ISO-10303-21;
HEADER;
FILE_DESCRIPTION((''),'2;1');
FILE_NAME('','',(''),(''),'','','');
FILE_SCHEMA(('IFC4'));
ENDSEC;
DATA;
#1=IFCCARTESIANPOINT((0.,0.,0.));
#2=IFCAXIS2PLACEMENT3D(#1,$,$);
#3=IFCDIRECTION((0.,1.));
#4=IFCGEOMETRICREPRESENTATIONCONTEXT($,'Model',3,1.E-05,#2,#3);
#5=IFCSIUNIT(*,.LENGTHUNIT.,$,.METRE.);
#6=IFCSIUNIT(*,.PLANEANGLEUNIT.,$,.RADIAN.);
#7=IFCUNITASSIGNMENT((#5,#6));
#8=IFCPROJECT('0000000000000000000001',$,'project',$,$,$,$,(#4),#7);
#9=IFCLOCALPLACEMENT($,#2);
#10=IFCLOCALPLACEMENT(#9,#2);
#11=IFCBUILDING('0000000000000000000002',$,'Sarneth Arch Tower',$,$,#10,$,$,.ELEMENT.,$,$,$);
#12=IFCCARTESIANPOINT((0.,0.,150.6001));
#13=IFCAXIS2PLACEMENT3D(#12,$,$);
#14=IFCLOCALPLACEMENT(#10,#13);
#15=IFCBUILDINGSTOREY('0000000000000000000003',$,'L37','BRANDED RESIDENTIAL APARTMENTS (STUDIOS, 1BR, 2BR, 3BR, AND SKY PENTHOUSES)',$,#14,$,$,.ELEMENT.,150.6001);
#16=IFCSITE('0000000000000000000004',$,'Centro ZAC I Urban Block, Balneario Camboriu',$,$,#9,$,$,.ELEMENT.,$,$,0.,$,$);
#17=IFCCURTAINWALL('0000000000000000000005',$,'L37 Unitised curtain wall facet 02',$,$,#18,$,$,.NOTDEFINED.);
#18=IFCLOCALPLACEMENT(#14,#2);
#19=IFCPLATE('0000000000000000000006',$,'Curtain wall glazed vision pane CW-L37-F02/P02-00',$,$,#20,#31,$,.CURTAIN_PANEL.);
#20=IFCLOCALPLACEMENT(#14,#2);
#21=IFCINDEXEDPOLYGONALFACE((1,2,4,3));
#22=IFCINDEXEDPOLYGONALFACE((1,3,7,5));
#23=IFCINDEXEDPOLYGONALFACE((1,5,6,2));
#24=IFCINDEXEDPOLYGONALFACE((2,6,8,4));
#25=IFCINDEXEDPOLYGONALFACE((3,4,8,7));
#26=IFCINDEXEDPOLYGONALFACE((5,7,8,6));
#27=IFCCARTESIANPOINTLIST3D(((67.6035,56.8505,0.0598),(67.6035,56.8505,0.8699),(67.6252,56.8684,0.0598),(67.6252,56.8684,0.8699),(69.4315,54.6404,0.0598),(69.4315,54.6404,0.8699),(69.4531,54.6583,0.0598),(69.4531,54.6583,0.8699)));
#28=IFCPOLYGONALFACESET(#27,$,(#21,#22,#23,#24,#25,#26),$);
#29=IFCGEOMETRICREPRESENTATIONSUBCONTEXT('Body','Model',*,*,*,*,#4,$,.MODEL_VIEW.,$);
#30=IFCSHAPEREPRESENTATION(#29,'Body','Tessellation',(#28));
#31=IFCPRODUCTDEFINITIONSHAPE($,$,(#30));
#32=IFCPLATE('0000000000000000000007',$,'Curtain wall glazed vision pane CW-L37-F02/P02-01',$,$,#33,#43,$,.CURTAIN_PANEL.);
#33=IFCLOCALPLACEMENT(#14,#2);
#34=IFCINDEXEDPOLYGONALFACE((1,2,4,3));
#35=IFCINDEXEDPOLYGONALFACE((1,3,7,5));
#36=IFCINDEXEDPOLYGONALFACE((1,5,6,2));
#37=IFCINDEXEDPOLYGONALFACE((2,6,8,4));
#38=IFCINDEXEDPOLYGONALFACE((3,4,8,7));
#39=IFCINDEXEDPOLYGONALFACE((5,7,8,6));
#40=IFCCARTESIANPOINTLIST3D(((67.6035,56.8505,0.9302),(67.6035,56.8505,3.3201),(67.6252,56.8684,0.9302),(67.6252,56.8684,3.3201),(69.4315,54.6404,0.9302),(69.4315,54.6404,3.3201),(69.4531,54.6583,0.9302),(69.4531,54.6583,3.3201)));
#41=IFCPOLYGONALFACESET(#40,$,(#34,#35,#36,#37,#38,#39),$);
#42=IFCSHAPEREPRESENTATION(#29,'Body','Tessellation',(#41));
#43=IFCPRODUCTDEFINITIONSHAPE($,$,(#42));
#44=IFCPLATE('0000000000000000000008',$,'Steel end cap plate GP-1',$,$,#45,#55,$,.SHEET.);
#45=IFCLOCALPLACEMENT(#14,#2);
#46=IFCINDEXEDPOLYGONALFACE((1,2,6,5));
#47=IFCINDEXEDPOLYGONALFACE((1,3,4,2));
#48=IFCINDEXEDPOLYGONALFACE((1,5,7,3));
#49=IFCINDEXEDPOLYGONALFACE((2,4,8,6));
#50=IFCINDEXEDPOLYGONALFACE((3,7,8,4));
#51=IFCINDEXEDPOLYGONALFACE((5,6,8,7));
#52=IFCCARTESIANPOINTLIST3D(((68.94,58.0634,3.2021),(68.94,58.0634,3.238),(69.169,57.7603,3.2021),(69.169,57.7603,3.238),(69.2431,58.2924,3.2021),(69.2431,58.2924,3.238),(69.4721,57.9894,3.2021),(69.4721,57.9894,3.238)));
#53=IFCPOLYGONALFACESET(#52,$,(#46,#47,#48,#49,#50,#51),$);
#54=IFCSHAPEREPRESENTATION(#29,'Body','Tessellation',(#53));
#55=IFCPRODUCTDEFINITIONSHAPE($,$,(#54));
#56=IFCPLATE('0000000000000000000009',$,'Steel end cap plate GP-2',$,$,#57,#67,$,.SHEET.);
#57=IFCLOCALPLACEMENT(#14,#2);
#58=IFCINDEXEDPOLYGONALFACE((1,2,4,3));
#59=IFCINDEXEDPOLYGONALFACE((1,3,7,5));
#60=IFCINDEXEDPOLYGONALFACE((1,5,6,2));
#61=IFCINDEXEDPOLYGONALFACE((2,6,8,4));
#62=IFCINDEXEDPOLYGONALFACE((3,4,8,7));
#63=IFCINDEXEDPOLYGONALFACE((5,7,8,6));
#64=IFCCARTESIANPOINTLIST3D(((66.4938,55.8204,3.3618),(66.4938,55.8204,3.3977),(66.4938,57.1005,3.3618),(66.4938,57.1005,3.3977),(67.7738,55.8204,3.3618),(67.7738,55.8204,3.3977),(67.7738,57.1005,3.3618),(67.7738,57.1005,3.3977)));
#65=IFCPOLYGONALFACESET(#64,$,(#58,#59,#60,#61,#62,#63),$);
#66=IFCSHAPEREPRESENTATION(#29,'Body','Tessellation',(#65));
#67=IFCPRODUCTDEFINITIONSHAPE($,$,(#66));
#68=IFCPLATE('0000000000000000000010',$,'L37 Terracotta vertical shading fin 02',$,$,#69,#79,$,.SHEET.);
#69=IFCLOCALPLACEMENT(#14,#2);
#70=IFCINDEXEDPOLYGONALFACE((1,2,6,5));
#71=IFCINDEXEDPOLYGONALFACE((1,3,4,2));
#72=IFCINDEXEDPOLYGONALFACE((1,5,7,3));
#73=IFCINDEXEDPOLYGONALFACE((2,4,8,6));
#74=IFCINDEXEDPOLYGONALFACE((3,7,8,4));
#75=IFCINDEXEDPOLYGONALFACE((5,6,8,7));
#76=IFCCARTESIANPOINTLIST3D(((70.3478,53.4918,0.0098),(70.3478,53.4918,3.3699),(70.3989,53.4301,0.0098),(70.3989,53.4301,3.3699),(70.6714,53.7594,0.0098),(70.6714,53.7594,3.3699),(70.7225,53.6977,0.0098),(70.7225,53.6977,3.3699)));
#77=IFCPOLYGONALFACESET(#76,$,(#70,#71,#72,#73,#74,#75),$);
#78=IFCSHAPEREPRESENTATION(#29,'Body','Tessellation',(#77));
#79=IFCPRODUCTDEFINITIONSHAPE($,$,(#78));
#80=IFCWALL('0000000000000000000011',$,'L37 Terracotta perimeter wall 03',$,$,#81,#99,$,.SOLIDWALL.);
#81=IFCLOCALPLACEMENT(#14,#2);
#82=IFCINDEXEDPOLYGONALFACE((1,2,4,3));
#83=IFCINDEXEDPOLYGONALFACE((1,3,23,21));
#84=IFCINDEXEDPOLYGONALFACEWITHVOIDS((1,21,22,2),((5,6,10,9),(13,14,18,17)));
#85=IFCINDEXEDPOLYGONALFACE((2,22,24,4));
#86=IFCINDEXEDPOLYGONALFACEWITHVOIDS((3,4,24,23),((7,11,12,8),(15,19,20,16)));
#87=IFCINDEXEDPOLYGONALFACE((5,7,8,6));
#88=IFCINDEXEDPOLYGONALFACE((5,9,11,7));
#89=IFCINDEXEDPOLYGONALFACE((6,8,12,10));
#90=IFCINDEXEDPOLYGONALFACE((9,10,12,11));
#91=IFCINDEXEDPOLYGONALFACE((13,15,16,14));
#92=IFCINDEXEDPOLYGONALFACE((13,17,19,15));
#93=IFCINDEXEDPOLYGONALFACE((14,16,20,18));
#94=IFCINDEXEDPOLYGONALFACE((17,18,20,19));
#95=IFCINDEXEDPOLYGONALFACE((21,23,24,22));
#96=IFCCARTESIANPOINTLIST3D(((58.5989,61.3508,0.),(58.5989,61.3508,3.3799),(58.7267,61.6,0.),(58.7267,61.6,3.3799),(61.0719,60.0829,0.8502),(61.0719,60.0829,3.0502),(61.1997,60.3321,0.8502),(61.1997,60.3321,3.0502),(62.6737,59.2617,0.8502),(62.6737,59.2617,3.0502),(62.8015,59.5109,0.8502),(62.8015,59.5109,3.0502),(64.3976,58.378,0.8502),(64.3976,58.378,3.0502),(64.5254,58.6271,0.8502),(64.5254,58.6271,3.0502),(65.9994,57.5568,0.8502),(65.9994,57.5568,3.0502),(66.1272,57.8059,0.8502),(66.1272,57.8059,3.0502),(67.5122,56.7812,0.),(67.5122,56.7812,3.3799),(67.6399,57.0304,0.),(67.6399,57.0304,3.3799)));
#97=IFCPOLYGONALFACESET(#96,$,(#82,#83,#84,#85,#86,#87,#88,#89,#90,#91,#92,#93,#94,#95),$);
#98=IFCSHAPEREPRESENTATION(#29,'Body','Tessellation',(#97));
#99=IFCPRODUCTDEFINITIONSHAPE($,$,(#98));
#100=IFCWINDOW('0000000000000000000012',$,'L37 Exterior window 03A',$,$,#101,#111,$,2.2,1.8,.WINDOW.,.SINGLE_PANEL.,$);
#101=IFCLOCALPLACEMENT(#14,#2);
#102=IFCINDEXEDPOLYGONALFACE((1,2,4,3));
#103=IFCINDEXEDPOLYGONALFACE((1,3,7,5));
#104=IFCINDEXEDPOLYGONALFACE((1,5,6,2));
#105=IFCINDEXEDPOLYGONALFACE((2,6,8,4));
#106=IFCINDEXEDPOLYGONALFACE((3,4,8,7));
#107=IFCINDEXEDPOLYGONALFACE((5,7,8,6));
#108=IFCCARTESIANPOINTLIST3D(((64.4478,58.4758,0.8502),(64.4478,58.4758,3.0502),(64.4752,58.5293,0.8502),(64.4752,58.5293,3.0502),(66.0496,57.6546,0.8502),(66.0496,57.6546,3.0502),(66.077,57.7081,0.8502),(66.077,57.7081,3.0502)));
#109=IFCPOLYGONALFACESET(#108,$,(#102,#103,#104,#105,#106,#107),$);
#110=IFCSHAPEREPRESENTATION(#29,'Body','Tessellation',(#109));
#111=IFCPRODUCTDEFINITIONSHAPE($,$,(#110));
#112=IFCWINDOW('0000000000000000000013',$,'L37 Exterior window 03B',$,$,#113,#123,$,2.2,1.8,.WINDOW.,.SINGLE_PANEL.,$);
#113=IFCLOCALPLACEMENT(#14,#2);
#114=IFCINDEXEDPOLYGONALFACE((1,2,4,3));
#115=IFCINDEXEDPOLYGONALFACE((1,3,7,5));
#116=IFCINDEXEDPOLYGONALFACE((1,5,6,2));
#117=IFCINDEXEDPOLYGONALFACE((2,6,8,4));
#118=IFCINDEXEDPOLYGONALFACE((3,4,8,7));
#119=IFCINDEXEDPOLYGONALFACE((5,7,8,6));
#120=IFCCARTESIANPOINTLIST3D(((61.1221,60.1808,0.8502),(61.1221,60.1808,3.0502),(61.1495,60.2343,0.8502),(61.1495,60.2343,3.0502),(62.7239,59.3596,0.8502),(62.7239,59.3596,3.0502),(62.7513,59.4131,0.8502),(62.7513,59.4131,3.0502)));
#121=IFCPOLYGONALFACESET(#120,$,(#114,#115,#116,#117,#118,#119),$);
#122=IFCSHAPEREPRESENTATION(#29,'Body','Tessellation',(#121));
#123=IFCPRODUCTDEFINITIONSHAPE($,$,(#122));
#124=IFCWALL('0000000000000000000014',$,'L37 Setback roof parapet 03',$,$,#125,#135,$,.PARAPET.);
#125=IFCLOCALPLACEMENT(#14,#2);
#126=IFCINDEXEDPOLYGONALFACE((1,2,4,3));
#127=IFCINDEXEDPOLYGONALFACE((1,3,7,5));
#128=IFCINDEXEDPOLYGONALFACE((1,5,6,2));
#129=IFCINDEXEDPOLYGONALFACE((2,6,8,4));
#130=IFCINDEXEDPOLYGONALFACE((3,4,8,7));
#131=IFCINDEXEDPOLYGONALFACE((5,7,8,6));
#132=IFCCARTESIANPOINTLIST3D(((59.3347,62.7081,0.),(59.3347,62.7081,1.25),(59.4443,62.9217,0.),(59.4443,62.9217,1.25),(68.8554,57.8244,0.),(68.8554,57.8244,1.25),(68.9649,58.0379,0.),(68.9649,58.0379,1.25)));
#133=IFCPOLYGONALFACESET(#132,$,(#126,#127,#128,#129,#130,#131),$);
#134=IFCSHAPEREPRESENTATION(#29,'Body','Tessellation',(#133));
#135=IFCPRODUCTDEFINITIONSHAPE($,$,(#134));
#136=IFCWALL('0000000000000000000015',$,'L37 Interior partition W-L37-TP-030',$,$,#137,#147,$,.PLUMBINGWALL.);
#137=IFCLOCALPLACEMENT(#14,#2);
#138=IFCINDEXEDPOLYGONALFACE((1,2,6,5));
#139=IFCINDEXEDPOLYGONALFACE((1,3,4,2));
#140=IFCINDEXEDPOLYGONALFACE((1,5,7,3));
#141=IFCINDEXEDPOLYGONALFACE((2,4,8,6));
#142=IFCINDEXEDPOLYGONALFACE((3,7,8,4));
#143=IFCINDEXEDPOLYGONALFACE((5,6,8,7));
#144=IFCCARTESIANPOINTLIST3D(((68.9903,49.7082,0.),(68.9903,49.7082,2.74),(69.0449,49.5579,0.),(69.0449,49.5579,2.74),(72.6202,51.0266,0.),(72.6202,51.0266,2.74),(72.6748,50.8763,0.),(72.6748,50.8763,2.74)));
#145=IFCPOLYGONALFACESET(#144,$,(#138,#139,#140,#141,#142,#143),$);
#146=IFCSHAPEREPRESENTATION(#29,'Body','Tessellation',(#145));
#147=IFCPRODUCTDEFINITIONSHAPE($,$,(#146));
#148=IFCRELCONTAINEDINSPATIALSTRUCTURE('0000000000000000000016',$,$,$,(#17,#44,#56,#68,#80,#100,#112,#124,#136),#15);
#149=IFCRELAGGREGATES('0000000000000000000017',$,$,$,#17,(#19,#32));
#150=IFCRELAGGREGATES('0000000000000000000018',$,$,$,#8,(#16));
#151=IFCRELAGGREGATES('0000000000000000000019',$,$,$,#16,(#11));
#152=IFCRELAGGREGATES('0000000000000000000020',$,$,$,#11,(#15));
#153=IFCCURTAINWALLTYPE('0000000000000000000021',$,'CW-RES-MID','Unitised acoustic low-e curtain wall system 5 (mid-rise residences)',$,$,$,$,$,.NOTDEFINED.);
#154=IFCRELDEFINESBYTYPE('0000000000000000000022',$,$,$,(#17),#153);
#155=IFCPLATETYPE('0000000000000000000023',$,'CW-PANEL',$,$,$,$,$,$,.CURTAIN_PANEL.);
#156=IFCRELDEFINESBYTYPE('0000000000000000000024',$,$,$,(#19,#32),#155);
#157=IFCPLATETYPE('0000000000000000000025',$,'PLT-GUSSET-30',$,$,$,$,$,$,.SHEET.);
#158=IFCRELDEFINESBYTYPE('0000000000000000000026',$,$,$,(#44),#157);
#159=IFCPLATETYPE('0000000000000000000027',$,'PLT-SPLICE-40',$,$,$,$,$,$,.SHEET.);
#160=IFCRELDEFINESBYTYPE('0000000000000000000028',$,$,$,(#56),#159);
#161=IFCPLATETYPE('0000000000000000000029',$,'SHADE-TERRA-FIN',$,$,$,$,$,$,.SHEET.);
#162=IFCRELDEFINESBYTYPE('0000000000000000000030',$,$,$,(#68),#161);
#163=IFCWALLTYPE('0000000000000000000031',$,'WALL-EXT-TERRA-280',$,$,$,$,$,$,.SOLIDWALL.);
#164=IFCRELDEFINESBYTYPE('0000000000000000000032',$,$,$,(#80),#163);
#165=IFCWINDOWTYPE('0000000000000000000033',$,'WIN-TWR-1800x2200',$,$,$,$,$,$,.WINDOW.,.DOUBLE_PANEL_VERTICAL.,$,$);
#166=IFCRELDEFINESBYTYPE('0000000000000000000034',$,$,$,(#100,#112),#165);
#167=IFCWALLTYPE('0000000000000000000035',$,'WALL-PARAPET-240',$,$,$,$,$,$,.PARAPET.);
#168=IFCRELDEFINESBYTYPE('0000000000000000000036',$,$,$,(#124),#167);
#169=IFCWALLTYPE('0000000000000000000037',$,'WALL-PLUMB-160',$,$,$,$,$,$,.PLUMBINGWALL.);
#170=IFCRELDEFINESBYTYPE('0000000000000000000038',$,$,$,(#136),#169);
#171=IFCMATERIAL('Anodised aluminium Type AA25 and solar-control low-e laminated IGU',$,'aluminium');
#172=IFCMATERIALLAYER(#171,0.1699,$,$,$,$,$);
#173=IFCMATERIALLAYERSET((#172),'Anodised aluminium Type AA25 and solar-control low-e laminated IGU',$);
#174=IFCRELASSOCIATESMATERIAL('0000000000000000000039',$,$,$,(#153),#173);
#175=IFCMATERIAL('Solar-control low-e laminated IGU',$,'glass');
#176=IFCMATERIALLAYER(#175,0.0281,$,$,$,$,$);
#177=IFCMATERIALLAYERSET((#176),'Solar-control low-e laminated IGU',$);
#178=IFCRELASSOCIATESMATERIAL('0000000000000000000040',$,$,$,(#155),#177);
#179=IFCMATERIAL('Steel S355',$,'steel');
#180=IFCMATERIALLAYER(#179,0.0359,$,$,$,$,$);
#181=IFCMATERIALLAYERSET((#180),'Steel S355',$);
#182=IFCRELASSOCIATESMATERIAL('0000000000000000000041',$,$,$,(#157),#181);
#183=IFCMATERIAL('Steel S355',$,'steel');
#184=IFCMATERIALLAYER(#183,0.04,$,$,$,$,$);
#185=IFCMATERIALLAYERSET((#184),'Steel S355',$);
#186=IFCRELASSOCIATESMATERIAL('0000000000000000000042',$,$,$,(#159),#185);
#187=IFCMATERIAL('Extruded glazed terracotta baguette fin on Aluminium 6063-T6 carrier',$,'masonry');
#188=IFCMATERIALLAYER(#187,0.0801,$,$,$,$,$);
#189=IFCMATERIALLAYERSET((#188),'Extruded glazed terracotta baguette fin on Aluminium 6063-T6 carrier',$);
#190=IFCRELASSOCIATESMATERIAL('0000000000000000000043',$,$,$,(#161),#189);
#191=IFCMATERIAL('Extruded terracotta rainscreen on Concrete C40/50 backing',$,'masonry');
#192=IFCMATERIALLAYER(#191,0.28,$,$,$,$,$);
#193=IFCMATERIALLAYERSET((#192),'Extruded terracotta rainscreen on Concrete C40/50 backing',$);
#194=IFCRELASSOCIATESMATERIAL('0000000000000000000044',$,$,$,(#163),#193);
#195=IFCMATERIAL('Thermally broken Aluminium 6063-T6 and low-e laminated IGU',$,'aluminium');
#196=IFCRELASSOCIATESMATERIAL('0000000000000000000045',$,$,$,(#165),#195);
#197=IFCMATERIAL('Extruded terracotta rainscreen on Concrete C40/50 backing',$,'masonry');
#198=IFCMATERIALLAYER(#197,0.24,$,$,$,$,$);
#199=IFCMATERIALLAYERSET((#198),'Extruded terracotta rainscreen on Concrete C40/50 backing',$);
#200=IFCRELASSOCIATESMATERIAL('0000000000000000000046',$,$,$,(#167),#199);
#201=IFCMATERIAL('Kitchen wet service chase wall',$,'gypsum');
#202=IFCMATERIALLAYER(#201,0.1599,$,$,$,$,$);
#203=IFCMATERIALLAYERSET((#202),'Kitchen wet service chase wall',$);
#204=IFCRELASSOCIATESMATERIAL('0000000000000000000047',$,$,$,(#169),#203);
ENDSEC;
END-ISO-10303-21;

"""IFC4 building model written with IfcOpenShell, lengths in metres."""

from ifc_helpers import new_model, si_unit, direction, frame, frame_2d, origin, origin_2d, place, context, subcontext, project, spatial, rectangle, extrude, material, layer, layer_set, type_object, element, fill, aggregate, save


model = new_model("IFC4")

# Units and contexts
model_context = context("Model", 3, precision=1e-05, world=origin(), true_north=direction((0.0, 1.0)))
body_context = subcontext(model_context, "Body", "Model", "MODEL_VIEW")
ifc_project = project(units=[si_unit("LENGTHUNIT", "METRE"), si_unit("PLANEANGLEUNIT", "RADIAN")], contexts=[model_context])

# Site, building, storey
site_placement = place(None, origin())
site = spatial("IfcSite", under=ifc_project, at=site_placement, Name="Centro ZAC I Urban Block, Balneario Camboriu", CompositionType="ELEMENT", RefElevation=0.0)
building_placement = place(site_placement, origin())
building = spatial("IfcBuilding", under=site, at=building_placement, Name="Sarneth Arch Tower", CompositionType="ELEMENT")
storey_placement = place(building_placement, frame((0.0, 0.0, 150.6001)))
storey = spatial("IfcBuildingStorey", under=building, at=storey_placement, Name="L37", Description="BRANDED RESIDENTIAL APARTMENTS (STUDIOS, 1BR, 2BR, 3BR, AND SKY PENTHOUSES)", CompositionType="ELEMENT", Elevation=150.6001)

# Curtain wall
ifc_material_1 = material(Name="Anodised aluminium Type AA25 and solar-control low-e laminated IGU", Category="aluminium")
ifc_layer_1 = layer(ifc_material_1, 0.1699)
ifc_layer_set_1 = layer_set([ifc_layer_1], Name="Anodised aluminium Type AA25 and solar-control low-e laminated IGU")
curtain_wall_type = type_object("IfcCurtainWallType", Name="CW-RES-MID", Description="Unitised acoustic low-e curtain wall system 5 (mid-rise residences)", PredefinedType="NOTDEFINED", material=ifc_layer_set_1)
curtain_wall_placement = place(storey_placement, origin())
curtain_wall = element("IfcCurtainWall", 1, at=curtain_wall_placement, inside=storey, type_object=curtain_wall_type, Name="L37 Unitised curtain wall facet 02", PredefinedType="NOTDEFINED")

# Plates
ifc_material_2 = material(Name="Solar-control low-e laminated IGU", Category="glass")
ifc_layer_2 = layer(ifc_material_2, 0.0281)
ifc_layer_set_2 = layer_set([ifc_layer_2], Name="Solar-control low-e laminated IGU")
plate_type_1 = type_object("IfcPlateType", Name="CW-PANEL", PredefinedType="CURTAIN_PANEL", material=ifc_layer_set_2)
plate_1_placement = place(storey_placement, frame((68.5283, 55.7544, 0.0598), z_axis=(0.0, 0.0, 1.0), x_axis=(-0.63733, 0.770591, 0.0)))
plate_1 = element("IfcPlate", 2, at=plate_1_placement, type_object=plate_type_1, Name="Curtain wall glazed vision pane CW-L37-F02/P02-00", PredefinedType="CURTAIN_PANEL", context=body_context, shape_type="SweptSolid", body=[
    extrude(rectangle(XDim=2.8682, YDim=0.0281, at=origin_2d()), origin(), (0.0, 0.0, 1.0), 0.8101),
])
plate_2_placement = place(storey_placement, frame((68.5283, 55.7544, 0.9302), z_axis=(0.0, 0.0, 1.0), x_axis=(-0.63733, 0.770591, 0.0)))
plate_2 = element("IfcPlate", 3, at=plate_2_placement, type_object=plate_type_1, Name="Curtain wall glazed vision pane CW-L37-F02/P02-01", PredefinedType="CURTAIN_PANEL", context=body_context, shape_type="SweptSolid", body=[
    extrude(rectangle(XDim=2.8682, YDim=0.0281, at=origin_2d()), origin(), (0.0, 0.0, 1.0), 2.3899),
])
aggregate(curtain_wall, [plate_1, plate_2])

# Plates
ifc_material_3 = material(Name="Steel S355", Category="steel")
ifc_layer_3 = layer(ifc_material_3, 0.0359)
ifc_layer_set_3 = layer_set([ifc_layer_3], Name="Steel S355")
plate_type_2 = type_object("IfcPlateType", Name="PLT-GUSSET-30", PredefinedType="SHEET", material=ifc_layer_set_3)
plate_3_placement = place(storey_placement, frame((69.2061, 58.0264, 3.2021), z_axis=(0.0, 0.0, 1.0), x_axis=(0.797794, 0.60293, 0.0)))
element("IfcPlate", 4, at=plate_3_placement, inside=storey, type_object=plate_type_2, Name="Steel end cap plate GP-1", PredefinedType="SHEET", context=body_context, shape_type="SweptSolid", body=[
    extrude(rectangle(XDim=0.3799, YDim=0.3799, at=origin_2d()), origin(), (0.0, 0.0, 1.0), 0.0359),
])
ifc_material_4 = material(Name="Steel S355", Category="steel")
ifc_layer_4 = layer(ifc_material_4, 0.04)
ifc_layer_set_4 = layer_set([ifc_layer_4], Name="Steel S355")
plate_type_3 = type_object("IfcPlateType", Name="PLT-SPLICE-40", PredefinedType="SHEET", material=ifc_layer_set_4)
plate_4_placement = place(storey_placement, frame((67.1338, 56.4604, 3.3618), z_axis=(0.0, 0.0, 1.0), x_axis=(1.0, 0.0, 0.0)))
element("IfcPlate", 5, at=plate_4_placement, inside=storey, type_object=plate_type_3, Name="Steel end cap plate GP-2", PredefinedType="SHEET", context=body_context, shape_type="SweptSolid", body=[
    extrude(rectangle(XDim=1.28, YDim=1.28, at=origin_2d()), origin(), (0.0, 0.0, 1.0), 0.0359),
])
ifc_material_5 = material(Name="Extruded glazed terracotta baguette fin on Aluminium 6063-T6 carrier", Category="masonry")
ifc_layer_5 = layer(ifc_material_5, 0.0801)
ifc_layer_set_5 = layer_set([ifc_layer_5], Name="Extruded glazed terracotta baguette fin on Aluminium 6063-T6 carrier")
plate_type_4 = type_object("IfcPlateType", Name="SHADE-TERRA-FIN", PredefinedType="SHEET", material=ifc_layer_set_5)
plate_5_placement = place(storey_placement, frame((70.5352, 53.5947, 0.0098), z_axis=(0.0, 0.0, 1.0), x_axis=(0.770624, 0.63729, 0.0)))
element("IfcPlate", 6, at=plate_5_placement, inside=storey, type_object=plate_type_4, Name="L37 Terracotta vertical shading fin 02", PredefinedType="SHEET", context=body_context, shape_type="SweptSolid", body=[
    extrude(rectangle(XDim=0.4199, YDim=0.0801, at=origin_2d()), origin(), (0.0, 0.0, 1.0), 3.3601),
])

# Wall, openings, windows
ifc_material_6 = material(Name="Extruded terracotta rainscreen on Concrete C40/50 backing", Category="masonry")
ifc_layer_6 = layer(ifc_material_6, 0.28)
ifc_layer_set_6 = layer_set([ifc_layer_6], Name="Extruded terracotta rainscreen on Concrete C40/50 backing")
wall_type_1 = type_object("IfcWallType", Name="WALL-EXT-TERRA-280", PredefinedType="SOLIDWALL", material=ifc_layer_set_6)
wall_1_placement = place(storey_placement, frame((67.5762, 56.9058, 0.0), z_axis=(0.0, 0.0, 1.0), x_axis=(-0.889873, 0.456209, 0.0)))
wall_1 = element("IfcWall", 7, at=wall_1_placement, inside=storey, type_object=wall_type_1, Name="L37 Terracotta perimeter wall 03", PredefinedType="SOLIDWALL", context=body_context, shape_type="SweptSolid", body=[
    extrude(rectangle(XDim=10.0164, YDim=0.28, at=frame_2d((5.0083, 0.0))), origin(), (0.0, 0.0, 1.0), 3.3799),
])
opening_1_placement = place(wall_1_placement, frame((1.7002, 0.0, 0.8501)))
opening_1 = element("IfcOpeningElement", 8, at=opening_1_placement, cuts=wall_1, PredefinedType="OPENING", context=body_context, shape_type="SweptSolid", body=[
    extrude(rectangle(XDim=1.8, YDim=2.2, at=frame_2d((0.8999, 1.1001))), frame((0.0, 0.1499, 0.0), z_axis=(0.0, -1.0, 0.0), x_axis=(1.0, 0.0, 0.0)), (0.0, 0.0, 1.0), 0.3),
])
opening_2_placement = place(wall_1_placement, frame((5.4375, 0.0, 0.8501)))
opening_2 = element("IfcOpeningElement", 9, at=opening_2_placement, cuts=wall_1, PredefinedType="OPENING", context=body_context, shape_type="SweptSolid", body=[
    extrude(rectangle(XDim=1.8, YDim=2.2, at=frame_2d((0.8999, 1.1001))), frame((0.0, 0.1499, 0.0), z_axis=(0.0, -1.0, 0.0), x_axis=(1.0, 0.0, 0.0)), (0.0, 0.0, 1.0), 0.3),
])
ifc_material_7 = material(Name="Thermally broken Aluminium 6063-T6 and low-e laminated IGU", Category="aluminium")
window_type = type_object("IfcWindowType", Name="WIN-TWR-1800x2200", PartitioningType="DOUBLE_PANEL_VERTICAL", PredefinedType="WINDOW", material=ifc_material_7)
window_1_placement = place(opening_1_placement, origin())
window_1 = element("IfcWindow", 10, at=window_1_placement, inside=storey, type_object=window_type, Name="L37 Exterior window 03A", OverallHeight=2.2, OverallWidth=1.8, PartitioningType="SINGLE_PANEL", PredefinedType="WINDOW", context=body_context, shape_type="SweptSolid", body=[
    extrude(rectangle(XDim=1.8, YDim=2.2, at=frame_2d((0.8999, 1.1001))), frame((0.0, 0.03, 0.0), z_axis=(0.0, -1.0, 0.0), x_axis=(1.0, 0.0, 0.0)), (0.0, 0.0, 1.0), 0.0601),
])
fill(opening_1, window_1)
window_2_placement = place(opening_2_placement, origin())
window_2 = element("IfcWindow", 11, at=window_2_placement, inside=storey, type_object=window_type, Name="L37 Exterior window 03B", OverallHeight=2.2, OverallWidth=1.8, PartitioningType="SINGLE_PANEL", PredefinedType="WINDOW", context=body_context, shape_type="SweptSolid", body=[
    extrude(rectangle(XDim=1.8, YDim=2.2, at=frame_2d((0.8999, 1.1001))), frame((0.0, 0.03, 0.0), z_axis=(0.0, -1.0, 0.0), x_axis=(1.0, 0.0, 0.0)), (0.0, 0.0, 1.0), 0.0601),
])
fill(opening_2, window_2)

# Walls
ifc_material_8 = material(Name="Extruded terracotta rainscreen on Concrete C40/50 backing", Category="masonry")
ifc_layer_7 = layer(ifc_material_8, 0.24)
ifc_layer_set_7 = layer_set([ifc_layer_7], Name="Extruded terracotta rainscreen on Concrete C40/50 backing")
wall_type_2 = type_object("IfcWallType", Name="WALL-PARAPET-240", PredefinedType="PARAPET", material=ifc_layer_set_7)
wall_2_placement = place(storey_placement, frame((68.9102, 57.9312, 0.0), z_axis=(0.0, 0.0, 1.0), x_axis=(-0.889766, 0.456417, 0.0)))
element("IfcWall", 12, at=wall_2_placement, inside=storey, type_object=wall_type_2, Name="L37 Setback roof parapet 03", PredefinedType="PARAPET", context=body_context, shape_type="SweptSolid", body=[
    extrude(rectangle(XDim=10.7002, YDim=0.24, at=frame_2d((5.3501, 0.0))), origin(), (0.0, 0.0, 1.0), 1.25),
])
ifc_material_9 = material(Name="Kitchen wet service chase wall", Category="gypsum")
ifc_layer_8 = layer(ifc_material_9, 0.1599)
ifc_layer_set_8 = layer_set([ifc_layer_8], Name="Kitchen wet service chase wall")
wall_type_3 = type_object("IfcWallType", Name="WALL-PLUMB-160", PredefinedType="PLUMBINGWALL", material=ifc_layer_set_8)
wall_3_placement = place(storey_placement, frame((72.6475, 50.9514, 0.0), z_axis=(0.0, 0.0, 1.0), x_axis=(-0.939926, -0.341378, 0.0)))
element("IfcWall", 13, at=wall_3_placement, inside=storey, type_object=wall_type_3, Name="L37 Interior partition W-L37-TP-030", PredefinedType="PLUMBINGWALL", context=body_context, shape_type="SweptSolid", body=[
    extrude(rectangle(XDim=3.8618, YDim=0.1599, at=frame_2d((1.9309, 0.0))), origin(), (0.0, 0.0, 1.0), 2.74),
])

save(model, "model.ifc")
